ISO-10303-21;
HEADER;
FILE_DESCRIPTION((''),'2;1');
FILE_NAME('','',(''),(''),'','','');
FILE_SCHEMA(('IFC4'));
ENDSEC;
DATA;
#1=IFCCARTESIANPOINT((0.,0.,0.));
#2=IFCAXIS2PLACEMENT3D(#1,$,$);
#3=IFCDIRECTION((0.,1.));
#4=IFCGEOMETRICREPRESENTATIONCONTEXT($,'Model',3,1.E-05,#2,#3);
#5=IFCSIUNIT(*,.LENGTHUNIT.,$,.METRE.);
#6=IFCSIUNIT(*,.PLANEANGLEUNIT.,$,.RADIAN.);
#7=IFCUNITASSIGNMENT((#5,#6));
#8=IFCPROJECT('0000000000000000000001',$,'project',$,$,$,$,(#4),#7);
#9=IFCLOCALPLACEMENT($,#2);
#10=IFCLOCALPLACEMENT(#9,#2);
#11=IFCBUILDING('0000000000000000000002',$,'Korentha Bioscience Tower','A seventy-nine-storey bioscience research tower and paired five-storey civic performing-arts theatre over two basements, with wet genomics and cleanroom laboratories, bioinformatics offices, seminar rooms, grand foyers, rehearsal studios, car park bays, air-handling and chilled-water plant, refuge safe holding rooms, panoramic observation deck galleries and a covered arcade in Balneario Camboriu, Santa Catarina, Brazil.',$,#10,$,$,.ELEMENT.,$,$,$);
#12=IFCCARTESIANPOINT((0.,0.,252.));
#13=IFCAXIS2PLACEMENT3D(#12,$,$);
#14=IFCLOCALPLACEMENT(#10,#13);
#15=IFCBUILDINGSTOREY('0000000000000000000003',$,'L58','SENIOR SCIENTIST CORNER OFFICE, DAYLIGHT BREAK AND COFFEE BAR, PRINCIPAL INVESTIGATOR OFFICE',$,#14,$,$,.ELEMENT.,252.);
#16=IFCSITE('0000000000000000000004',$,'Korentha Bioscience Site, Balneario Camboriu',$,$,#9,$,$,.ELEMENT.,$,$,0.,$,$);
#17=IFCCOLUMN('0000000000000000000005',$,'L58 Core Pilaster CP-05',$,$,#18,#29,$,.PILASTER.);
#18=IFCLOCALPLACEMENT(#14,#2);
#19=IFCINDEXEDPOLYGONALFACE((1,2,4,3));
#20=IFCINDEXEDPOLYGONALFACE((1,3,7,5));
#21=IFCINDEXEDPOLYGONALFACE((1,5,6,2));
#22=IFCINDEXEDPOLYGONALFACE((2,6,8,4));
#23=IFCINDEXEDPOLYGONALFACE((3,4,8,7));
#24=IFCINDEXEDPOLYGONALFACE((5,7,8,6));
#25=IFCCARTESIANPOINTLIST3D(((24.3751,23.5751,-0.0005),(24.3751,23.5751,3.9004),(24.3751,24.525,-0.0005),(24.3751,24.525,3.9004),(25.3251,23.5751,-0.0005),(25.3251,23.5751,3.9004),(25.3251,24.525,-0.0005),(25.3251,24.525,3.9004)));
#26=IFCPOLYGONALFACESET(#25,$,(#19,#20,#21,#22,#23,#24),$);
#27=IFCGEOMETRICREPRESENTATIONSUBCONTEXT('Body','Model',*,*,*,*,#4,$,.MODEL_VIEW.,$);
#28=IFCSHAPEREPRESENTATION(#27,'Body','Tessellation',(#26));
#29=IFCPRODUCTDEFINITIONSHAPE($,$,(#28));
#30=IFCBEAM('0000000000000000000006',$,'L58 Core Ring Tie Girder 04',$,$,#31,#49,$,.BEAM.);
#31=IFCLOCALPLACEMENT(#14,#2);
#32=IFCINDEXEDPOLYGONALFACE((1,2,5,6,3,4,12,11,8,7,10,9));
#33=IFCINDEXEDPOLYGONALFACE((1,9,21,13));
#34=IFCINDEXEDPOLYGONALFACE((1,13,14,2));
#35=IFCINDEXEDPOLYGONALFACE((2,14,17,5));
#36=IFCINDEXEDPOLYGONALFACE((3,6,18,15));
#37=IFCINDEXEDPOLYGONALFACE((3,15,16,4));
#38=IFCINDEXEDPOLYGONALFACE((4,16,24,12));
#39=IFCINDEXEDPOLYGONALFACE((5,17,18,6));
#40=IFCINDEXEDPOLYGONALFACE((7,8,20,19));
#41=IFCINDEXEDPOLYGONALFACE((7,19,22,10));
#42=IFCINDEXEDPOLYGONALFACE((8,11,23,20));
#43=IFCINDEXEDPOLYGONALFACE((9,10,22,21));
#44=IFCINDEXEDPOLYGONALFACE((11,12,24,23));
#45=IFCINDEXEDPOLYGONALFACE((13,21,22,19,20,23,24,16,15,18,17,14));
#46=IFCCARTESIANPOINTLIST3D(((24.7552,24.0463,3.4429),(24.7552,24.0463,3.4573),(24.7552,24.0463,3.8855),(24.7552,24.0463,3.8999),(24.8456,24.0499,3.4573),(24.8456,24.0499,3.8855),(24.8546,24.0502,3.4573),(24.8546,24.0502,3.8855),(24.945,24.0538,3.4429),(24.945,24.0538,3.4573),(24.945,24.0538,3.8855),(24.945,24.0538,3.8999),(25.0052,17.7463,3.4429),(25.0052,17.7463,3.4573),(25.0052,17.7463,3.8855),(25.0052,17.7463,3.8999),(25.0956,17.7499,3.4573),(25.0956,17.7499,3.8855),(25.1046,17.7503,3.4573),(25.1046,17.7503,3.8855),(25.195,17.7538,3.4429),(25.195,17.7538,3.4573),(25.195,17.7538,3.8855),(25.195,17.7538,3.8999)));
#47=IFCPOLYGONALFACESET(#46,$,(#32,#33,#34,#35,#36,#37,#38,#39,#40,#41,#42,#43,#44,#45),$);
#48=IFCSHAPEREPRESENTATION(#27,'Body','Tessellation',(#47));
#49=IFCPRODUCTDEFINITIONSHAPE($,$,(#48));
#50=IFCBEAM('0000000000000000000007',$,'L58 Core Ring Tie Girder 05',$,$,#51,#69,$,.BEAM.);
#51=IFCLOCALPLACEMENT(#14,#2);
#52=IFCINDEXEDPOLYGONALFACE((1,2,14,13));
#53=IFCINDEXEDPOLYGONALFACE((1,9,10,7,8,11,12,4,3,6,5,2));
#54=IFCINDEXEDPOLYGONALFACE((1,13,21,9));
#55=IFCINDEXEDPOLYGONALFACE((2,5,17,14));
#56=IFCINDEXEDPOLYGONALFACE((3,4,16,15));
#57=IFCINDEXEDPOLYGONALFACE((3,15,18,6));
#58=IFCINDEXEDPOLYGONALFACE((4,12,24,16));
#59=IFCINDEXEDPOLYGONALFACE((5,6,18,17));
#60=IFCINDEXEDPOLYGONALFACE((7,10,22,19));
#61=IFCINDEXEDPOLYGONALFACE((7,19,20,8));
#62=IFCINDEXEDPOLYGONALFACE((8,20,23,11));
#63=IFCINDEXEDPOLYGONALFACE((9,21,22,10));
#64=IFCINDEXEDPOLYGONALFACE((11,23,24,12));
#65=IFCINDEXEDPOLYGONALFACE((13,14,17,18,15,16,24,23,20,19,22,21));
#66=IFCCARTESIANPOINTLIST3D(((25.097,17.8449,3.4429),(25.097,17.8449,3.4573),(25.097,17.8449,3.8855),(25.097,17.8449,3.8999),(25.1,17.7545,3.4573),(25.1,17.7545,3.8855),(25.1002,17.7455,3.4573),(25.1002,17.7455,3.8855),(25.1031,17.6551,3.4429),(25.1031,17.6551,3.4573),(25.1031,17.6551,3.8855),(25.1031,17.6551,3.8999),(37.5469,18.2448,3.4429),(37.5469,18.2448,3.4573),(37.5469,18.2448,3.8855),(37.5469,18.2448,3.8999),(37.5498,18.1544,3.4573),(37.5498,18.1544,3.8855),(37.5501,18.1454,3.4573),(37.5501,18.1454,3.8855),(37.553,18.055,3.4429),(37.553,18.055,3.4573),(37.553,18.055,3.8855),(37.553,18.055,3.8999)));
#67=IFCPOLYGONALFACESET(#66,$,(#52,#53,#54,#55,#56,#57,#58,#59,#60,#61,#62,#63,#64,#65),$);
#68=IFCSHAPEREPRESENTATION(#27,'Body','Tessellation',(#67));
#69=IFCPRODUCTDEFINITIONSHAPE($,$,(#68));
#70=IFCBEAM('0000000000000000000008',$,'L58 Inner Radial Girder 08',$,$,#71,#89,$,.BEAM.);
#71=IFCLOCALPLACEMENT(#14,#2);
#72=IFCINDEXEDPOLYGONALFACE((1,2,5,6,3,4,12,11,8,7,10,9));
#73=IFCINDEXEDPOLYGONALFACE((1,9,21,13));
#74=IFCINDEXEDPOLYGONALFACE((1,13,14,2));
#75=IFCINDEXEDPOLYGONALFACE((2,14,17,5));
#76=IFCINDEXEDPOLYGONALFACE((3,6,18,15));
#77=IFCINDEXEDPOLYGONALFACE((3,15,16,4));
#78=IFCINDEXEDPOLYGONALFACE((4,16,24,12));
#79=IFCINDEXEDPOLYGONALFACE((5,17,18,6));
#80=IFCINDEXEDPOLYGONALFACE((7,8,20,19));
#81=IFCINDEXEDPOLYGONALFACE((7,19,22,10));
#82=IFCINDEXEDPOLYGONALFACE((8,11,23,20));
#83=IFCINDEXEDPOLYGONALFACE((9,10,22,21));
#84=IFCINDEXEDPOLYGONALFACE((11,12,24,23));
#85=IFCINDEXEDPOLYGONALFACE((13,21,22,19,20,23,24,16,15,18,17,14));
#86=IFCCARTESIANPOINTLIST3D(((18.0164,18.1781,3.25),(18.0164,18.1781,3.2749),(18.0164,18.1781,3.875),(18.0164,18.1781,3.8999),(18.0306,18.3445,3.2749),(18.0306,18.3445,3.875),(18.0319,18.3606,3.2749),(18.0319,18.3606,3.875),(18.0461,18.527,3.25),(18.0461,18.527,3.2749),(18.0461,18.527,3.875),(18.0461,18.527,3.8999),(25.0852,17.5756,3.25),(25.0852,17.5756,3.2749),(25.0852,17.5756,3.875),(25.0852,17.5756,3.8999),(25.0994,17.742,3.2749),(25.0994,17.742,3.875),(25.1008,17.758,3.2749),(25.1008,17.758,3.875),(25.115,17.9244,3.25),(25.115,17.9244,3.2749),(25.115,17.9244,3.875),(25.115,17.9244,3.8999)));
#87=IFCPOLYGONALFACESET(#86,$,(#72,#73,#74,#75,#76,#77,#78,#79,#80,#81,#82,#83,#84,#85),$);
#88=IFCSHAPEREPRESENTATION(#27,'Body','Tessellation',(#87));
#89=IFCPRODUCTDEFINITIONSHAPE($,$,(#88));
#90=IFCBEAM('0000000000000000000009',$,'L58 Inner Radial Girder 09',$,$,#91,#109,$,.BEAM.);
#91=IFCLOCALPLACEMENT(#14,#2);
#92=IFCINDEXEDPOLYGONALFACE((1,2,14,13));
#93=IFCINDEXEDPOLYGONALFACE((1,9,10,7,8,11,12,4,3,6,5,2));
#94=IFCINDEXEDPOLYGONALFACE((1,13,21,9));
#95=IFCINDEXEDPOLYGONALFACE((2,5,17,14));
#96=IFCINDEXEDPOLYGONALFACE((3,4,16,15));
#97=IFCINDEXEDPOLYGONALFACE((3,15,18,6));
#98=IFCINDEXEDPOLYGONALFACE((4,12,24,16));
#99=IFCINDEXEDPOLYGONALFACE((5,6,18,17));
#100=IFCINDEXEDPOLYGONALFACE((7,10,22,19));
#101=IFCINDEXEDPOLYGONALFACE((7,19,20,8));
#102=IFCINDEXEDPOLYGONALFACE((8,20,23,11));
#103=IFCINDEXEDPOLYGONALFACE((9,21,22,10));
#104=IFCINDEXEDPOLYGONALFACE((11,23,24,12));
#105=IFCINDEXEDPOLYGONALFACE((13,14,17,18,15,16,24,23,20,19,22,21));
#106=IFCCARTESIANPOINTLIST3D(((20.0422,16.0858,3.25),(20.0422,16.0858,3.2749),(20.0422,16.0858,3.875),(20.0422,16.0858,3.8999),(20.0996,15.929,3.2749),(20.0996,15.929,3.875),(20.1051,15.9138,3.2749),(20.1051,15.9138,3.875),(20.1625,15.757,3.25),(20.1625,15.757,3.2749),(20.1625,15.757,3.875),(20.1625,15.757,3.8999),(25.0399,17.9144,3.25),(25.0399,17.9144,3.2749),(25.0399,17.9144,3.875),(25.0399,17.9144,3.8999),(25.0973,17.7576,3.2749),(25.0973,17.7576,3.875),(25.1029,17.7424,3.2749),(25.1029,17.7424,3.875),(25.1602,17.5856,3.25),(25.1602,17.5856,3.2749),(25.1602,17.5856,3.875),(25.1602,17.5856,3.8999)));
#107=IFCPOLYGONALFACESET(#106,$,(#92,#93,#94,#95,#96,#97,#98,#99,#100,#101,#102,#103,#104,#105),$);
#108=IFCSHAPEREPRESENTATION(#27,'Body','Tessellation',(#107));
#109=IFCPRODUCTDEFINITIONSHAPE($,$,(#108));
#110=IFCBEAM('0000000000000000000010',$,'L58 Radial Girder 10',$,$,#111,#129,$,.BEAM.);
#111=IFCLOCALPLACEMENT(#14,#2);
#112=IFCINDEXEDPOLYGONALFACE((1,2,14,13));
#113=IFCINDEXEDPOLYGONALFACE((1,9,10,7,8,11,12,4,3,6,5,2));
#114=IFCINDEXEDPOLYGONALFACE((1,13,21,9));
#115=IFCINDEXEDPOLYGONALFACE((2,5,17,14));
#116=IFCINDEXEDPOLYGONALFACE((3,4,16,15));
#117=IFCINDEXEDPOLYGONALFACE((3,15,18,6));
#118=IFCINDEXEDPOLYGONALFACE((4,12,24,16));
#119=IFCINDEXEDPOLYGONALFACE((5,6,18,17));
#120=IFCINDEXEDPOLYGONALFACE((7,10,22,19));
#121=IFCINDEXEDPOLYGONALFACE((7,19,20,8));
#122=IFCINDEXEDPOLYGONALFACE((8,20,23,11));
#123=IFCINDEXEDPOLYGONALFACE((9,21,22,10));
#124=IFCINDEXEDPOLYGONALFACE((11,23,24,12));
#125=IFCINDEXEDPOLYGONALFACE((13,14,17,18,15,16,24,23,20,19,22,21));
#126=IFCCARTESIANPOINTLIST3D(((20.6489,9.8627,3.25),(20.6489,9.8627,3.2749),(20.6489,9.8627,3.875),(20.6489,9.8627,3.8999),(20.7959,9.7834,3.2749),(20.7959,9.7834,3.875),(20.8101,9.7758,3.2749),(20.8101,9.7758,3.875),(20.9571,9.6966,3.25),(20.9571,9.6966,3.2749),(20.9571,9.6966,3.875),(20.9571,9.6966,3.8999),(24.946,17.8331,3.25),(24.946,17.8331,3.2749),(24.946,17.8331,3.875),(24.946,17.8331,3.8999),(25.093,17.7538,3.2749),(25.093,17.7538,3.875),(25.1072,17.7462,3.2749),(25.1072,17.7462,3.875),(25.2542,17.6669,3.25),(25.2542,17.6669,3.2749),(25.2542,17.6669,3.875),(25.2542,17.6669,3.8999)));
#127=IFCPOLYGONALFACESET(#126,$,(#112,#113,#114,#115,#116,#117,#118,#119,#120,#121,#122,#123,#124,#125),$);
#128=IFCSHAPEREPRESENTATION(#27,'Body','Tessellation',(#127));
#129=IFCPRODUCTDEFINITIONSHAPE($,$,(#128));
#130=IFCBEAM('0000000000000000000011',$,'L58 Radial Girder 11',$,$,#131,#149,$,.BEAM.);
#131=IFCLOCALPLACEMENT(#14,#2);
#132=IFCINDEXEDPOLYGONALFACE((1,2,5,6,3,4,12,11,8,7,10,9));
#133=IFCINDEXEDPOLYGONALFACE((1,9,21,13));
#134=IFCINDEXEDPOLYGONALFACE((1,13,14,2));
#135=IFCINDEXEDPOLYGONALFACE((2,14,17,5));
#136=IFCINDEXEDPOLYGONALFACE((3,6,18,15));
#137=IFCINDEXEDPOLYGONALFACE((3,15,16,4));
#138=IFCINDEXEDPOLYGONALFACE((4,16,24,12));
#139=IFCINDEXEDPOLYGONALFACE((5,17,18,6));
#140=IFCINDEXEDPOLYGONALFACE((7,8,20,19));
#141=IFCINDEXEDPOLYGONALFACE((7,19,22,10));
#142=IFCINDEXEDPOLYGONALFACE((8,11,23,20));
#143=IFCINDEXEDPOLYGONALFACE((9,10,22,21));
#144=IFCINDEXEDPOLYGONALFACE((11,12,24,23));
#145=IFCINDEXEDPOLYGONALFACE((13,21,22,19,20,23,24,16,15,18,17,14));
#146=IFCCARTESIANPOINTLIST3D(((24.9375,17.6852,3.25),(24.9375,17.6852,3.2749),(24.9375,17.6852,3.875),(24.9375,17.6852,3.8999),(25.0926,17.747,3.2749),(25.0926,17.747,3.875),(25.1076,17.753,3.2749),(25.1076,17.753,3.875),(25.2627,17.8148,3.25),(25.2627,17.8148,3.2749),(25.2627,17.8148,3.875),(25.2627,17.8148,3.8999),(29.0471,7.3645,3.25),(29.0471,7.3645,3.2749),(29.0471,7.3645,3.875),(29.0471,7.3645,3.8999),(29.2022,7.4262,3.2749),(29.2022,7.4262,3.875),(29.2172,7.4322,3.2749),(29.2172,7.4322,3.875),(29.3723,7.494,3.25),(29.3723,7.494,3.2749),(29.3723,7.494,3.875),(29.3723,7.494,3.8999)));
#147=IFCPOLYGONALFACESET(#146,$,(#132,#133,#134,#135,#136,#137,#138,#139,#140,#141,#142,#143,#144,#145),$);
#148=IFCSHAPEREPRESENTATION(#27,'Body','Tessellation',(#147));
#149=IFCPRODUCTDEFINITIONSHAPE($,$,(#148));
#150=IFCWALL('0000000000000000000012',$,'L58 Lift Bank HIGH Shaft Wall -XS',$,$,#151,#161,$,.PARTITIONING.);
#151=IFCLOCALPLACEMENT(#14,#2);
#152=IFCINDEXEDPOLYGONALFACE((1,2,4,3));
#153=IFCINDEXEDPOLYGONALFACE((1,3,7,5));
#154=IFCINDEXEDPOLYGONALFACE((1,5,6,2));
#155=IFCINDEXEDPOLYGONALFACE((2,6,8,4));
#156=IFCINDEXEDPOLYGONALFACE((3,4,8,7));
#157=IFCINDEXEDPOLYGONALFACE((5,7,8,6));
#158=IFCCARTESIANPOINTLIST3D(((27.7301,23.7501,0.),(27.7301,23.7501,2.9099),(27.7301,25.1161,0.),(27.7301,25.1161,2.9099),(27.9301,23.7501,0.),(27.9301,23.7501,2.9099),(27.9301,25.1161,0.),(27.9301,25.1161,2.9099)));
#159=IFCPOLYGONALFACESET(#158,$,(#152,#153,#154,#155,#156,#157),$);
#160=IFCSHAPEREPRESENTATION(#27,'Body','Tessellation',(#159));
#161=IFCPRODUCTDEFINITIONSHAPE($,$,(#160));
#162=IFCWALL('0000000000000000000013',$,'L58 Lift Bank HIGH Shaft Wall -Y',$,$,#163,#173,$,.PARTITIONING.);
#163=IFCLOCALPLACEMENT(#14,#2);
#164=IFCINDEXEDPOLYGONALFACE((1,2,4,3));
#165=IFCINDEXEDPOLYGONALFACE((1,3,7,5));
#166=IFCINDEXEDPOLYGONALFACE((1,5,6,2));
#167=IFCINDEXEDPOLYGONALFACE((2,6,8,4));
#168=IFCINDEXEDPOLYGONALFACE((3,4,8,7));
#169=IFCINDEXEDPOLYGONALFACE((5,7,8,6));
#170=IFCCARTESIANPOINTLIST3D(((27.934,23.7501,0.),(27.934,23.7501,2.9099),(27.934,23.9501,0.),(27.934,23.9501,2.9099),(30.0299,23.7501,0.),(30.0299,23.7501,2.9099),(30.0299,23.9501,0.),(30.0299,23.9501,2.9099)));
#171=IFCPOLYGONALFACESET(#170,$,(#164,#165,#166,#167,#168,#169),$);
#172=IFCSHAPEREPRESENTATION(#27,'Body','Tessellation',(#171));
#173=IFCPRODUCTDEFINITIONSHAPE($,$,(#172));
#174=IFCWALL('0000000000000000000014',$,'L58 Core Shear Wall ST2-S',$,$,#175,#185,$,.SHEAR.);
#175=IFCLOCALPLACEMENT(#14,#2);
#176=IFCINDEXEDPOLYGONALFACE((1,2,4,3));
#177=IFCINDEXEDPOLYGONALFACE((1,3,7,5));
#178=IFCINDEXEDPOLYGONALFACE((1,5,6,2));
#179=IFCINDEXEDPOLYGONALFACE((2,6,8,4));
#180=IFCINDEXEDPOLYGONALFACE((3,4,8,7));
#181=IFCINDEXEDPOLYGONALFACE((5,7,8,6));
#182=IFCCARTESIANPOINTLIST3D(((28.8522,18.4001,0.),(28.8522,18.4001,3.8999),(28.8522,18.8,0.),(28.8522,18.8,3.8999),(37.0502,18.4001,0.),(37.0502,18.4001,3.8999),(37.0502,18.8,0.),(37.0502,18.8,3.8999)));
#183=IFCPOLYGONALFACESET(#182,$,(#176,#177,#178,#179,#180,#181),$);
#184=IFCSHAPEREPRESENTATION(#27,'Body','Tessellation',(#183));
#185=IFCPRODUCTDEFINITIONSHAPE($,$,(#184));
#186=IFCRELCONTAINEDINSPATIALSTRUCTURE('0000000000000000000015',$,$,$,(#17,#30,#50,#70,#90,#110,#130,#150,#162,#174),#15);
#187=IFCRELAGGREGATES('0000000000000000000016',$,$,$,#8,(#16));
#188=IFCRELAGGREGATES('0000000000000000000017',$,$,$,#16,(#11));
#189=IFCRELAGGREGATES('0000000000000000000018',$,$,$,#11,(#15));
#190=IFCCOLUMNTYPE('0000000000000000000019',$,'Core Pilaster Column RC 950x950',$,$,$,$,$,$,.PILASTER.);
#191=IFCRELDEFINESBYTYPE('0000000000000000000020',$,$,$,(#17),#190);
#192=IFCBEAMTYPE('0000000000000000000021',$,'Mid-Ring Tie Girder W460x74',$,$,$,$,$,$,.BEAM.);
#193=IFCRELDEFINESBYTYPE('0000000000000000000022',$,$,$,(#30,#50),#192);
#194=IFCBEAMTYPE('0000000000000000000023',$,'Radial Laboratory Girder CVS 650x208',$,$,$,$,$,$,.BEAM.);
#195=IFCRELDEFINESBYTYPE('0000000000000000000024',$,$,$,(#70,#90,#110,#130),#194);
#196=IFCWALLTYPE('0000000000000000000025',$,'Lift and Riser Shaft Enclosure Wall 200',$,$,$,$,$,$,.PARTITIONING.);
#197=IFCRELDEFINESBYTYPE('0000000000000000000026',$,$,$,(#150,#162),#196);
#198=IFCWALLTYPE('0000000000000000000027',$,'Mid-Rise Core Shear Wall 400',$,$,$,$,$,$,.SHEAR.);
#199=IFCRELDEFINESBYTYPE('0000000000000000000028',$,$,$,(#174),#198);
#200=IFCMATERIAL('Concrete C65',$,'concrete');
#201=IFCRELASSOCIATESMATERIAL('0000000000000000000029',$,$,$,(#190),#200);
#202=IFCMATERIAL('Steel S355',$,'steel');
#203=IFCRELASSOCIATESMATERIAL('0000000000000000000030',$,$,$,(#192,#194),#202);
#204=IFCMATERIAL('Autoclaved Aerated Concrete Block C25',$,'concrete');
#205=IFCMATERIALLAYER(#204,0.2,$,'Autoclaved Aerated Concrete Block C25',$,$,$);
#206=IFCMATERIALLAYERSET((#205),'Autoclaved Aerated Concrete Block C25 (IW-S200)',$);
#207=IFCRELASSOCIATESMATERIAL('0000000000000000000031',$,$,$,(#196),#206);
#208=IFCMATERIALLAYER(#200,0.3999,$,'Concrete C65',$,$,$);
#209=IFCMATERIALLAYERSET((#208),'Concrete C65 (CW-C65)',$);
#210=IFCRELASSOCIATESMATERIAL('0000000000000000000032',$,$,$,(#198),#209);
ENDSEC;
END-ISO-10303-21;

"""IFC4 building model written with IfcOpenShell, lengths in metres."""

from ifc_helpers import new_model, si_unit, direction, frame, frame_2d, origin, origin_2d, place, context, subcontext, project, spatial, rectangle, i_section, extrude, material, layer, layer_set, material_profile, profile_set, type_object, element, save


model = new_model("IFC4")

# Units and contexts
model_context = context("Model", 3, precision=1e-05, world=origin(), true_north=direction((0.0, 1.0)))
body_context = subcontext(model_context, "Body", "Model", "MODEL_VIEW")
ifc_project = project(units=[si_unit("LENGTHUNIT", "METRE"), si_unit("PLANEANGLEUNIT", "RADIAN")], contexts=[model_context])

# Site, building, storey
site_placement = place(None, origin())
site = spatial("IfcSite", under=ifc_project, at=site_placement, Name="Korentha Bioscience Site, Balneario Camboriu", CompositionType="ELEMENT", RefElevation=0.0)
building_placement = place(site_placement, origin())
building = spatial("IfcBuilding", under=site, at=building_placement, Name="Korentha Bioscience Tower", Description="A seventy-nine-storey bioscience research tower and paired five-storey civic performing-arts theatre over two basements, with wet genomics and cleanroom laboratories, bioinformatics offices, seminar rooms, grand foyers, rehearsal studios, car park bays, air-handling and chilled-water plant, refuge safe holding rooms, panoramic observation deck galleries and a covered arcade in Balneario Camboriu, Santa Catarina, Brazil.", CompositionType="ELEMENT")
storey_placement = place(building_placement, frame((0.0, 0.0, 252.0)))
storey = spatial("IfcBuildingStorey", under=building, at=storey_placement, Name="L58", Description="SENIOR SCIENTIST CORNER OFFICE, DAYLIGHT BREAK AND COFFEE BAR, PRINCIPAL INVESTIGATOR OFFICE", CompositionType="ELEMENT", Elevation=252.0)

# Column
ifc_material_1 = material(Name="Concrete C65", Category="concrete")
ifc_material_profile_1 = material_profile(ifc_material_1, rectangle(XDim=0.95, YDim=0.95, at=origin_2d()), Name="Concrete C65")
ifc_profile_set_1 = profile_set([ifc_material_profile_1], Name="Concrete C65 (COL-CP09)")
column_type = type_object("IfcColumnType", Name="Core Pilaster Column RC 950x950", PredefinedType="PILASTER", material=ifc_profile_set_1)
column_placement = place(storey_placement, frame((24.8501, 24.05, -0.0005), z_axis=(0.0, 0.0, 1.0), x_axis=(1.0, 0.0, 0.0)))
element("IfcColumn", 1, at=column_placement, inside=storey, type_object=column_type, Name="L58 Core Pilaster CP-05", PredefinedType="PILASTER", context=body_context, shape_type="SweptSolid", body=[
    extrude(rectangle(XDim=0.95, YDim=0.95, at=origin_2d()), origin(), (0.0, 0.0, 1.0), 3.9009),
])

# Beams
ifc_material_2 = material(Name="Steel S355", Category="steel")
ifc_material_profile_2 = material_profile(ifc_material_2, i_section(OverallWidth=0.1899, OverallDepth=0.457, WebThickness=0.009, FlangeThickness=0.0144, at=origin_2d()), Name="Steel S355")
ifc_profile_set_2 = profile_set([ifc_material_profile_2], Name="Steel S355 (MB-460)")
beam_type_1 = type_object("IfcBeamType", Name="Mid-Ring Tie Girder W460x74", PredefinedType="BEAM", material=ifc_profile_set_2)
beam_1_placement = place(storey_placement, frame((24.8501, 24.05, 3.6714), z_axis=(0.039651, -0.999214, 0.0), x_axis=(0.999214, 0.039651, 0.0)))
element("IfcBeam", 2, at=beam_1_placement, inside=storey, type_object=beam_type_1, Name="L58 Core Ring Tie Girder 04", PredefinedType="BEAM", context=body_context, shape_type="SweptSolid", body=[
    extrude(i_section(OverallWidth=0.1899, OverallDepth=0.457, WebThickness=0.009, FlangeThickness=0.0144, at=origin_2d()), origin(), (0.0, 0.0, 1.0), 6.3049),
])
beam_2_placement = place(storey_placement, frame((25.1001, 17.75, 3.6714), z_axis=(0.999485, 0.032104, 0.0), x_axis=(-0.032104, 0.999485, 0.0)))
element("IfcBeam", 3, at=beam_2_placement, inside=storey, type_object=beam_type_1, Name="L58 Core Ring Tie Girder 05", PredefinedType="BEAM", context=body_context, shape_type="SweptSolid", body=[
    extrude(i_section(OverallWidth=0.1899, OverallDepth=0.457, WebThickness=0.009, FlangeThickness=0.0144, at=origin_2d()), origin(), (0.0, 0.0, 1.0), 12.4563),
])
ifc_material_profile_3 = material_profile(ifc_material_2, i_section(OverallWidth=0.3501, OverallDepth=0.6499, WebThickness=0.0161, FlangeThickness=0.0249, at=origin_2d()), Name="Steel S355")
ifc_profile_set_3 = profile_set([ifc_material_profile_3], Name="Steel S355 (RB-650)")
beam_type_2 = type_object("IfcBeamType", Name="Radial Laboratory Girder CVS 650x208", PredefinedType="BEAM", material=ifc_profile_set_3)
beam_3_placement = place(storey_placement, frame((25.1001, 17.75, 3.575), z_axis=(-0.996387, 0.084931, 0.0), x_axis=(-0.084931, -0.996387, 0.0)))
element("IfcBeam", 4, at=beam_3_placement, inside=storey, type_object=beam_type_2, Name="L58 Inner Radial Girder 08", PredefinedType="BEAM", context=body_context, shape_type="SweptSolid", body=[
    extrude(i_section(OverallWidth=0.3501, OverallDepth=0.6499, WebThickness=0.0161, FlangeThickness=0.0249, at=origin_2d()), origin(), (0.0, 0.0, 1.0), 7.0945),
])
beam_4_placement = place(storey_placement, frame((25.1001, 17.75, 3.575), z_axis=(-0.939114, -0.343606, 0.0), x_axis=(0.343606, -0.939114, 0.0)))
element("IfcBeam", 5, at=beam_4_placement, inside=storey, type_object=beam_type_2, Name="L58 Inner Radial Girder 09", PredefinedType="BEAM", context=body_context, shape_type="SweptSolid", body=[
    extrude(i_section(OverallWidth=0.3501, OverallDepth=0.6499, WebThickness=0.0161, FlangeThickness=0.0249, at=origin_2d()), origin(), (0.0, 0.0, 1.0), 5.3218),
])
beam_5_placement = place(storey_placement, frame((25.1001, 17.75, 3.575), z_axis=(-0.474556, -0.880225, 0.0), x_axis=(0.880225, -0.474556, 0.0)))
element("IfcBeam", 6, at=beam_5_placement, inside=storey, type_object=beam_type_2, Name="L58 Radial Girder 10", PredefinedType="BEAM", context=body_context, shape_type="SweptSolid", body=[
    extrude(i_section(OverallWidth=0.3501, OverallDepth=0.6499, WebThickness=0.0161, FlangeThickness=0.0249, at=origin_2d()), origin(), (0.0, 0.0, 1.0), 9.0549),
])
beam_6_placement = place(storey_placement, frame((25.1001, 17.75, 3.575), z_axis=(0.369939, -0.929056, 0.0), x_axis=(0.929056, 0.369939, 0.0)))
element("IfcBeam", 7, at=beam_6_placement, inside=storey, type_object=beam_type_2, Name="L58 Radial Girder 11", PredefinedType="BEAM", context=body_context, shape_type="SweptSolid", body=[
    extrude(i_section(OverallWidth=0.3501, OverallDepth=0.6499, WebThickness=0.0161, FlangeThickness=0.0249, at=origin_2d()), origin(), (0.0, 0.0, 1.0), 11.1089),
])

# Walls
ifc_material_3 = material(Name="Autoclaved Aerated Concrete Block C25", Category="concrete")
ifc_layer_1 = layer(ifc_material_3, 0.2, Name="Autoclaved Aerated Concrete Block C25")
ifc_layer_set_1 = layer_set([ifc_layer_1], Name="Autoclaved Aerated Concrete Block C25 (IW-S200)")
wall_type_1 = type_object("IfcWallType", Name="Lift and Riser Shaft Enclosure Wall 200", PredefinedType="PARTITIONING", material=ifc_layer_set_1)
wall_1_placement = place(storey_placement, frame((27.8301, 23.75, 0.0), z_axis=(0.0, 0.0, 1.0), x_axis=(0.0, 1.0, 0.0)))
element("IfcWall", 8, at=wall_1_placement, inside=storey, type_object=wall_type_1, Name="L58 Lift Bank HIGH Shaft Wall -XS", PredefinedType="PARTITIONING", context=body_context, shape_type="SweptSolid", body=[
    extrude(rectangle(XDim=1.366, YDim=0.2, at=frame_2d((0.6831, 0.0))), origin(), (0.0, 0.0, 1.0), 2.9099),
])
wall_2_placement = place(storey_placement, frame((27.9341, 23.8501, 0.0), z_axis=(0.0, 0.0, 1.0), x_axis=(1.0, 0.0, 0.0)))
element("IfcWall", 9, at=wall_2_placement, inside=storey, type_object=wall_type_1, Name="L58 Lift Bank HIGH Shaft Wall -Y", PredefinedType="PARTITIONING", context=body_context, shape_type="SweptSolid", body=[
    extrude(rectangle(XDim=2.0959, YDim=0.2, at=frame_2d((1.0479, 0.0))), origin(), (0.0, 0.0, 1.0), 2.9099),
])
ifc_layer_2 = layer(ifc_material_1, 0.3999, Name="Concrete C65")
ifc_layer_set_2 = layer_set([ifc_layer_2], Name="Concrete C65 (CW-C65)")
wall_type_2 = type_object("IfcWallType", Name="Mid-Rise Core Shear Wall 400", PredefinedType="SHEAR", material=ifc_layer_set_2)
wall_3_placement = place(storey_placement, frame((28.8521, 18.6001, 0.0), z_axis=(0.0, 0.0, 1.0), x_axis=(1.0, 0.0, 0.0)))
element("IfcWall", 10, at=wall_3_placement, inside=storey, type_object=wall_type_2, Name="L58 Core Shear Wall ST2-S", PredefinedType="SHEAR", context=body_context, shape_type="SweptSolid", body=[
    extrude(rectangle(XDim=8.198, YDim=0.3999, at=frame_2d((4.0991, 0.0))), origin(), (0.0, 0.0, 1.0), 3.8999),
])

save(model, "model.ifc")
